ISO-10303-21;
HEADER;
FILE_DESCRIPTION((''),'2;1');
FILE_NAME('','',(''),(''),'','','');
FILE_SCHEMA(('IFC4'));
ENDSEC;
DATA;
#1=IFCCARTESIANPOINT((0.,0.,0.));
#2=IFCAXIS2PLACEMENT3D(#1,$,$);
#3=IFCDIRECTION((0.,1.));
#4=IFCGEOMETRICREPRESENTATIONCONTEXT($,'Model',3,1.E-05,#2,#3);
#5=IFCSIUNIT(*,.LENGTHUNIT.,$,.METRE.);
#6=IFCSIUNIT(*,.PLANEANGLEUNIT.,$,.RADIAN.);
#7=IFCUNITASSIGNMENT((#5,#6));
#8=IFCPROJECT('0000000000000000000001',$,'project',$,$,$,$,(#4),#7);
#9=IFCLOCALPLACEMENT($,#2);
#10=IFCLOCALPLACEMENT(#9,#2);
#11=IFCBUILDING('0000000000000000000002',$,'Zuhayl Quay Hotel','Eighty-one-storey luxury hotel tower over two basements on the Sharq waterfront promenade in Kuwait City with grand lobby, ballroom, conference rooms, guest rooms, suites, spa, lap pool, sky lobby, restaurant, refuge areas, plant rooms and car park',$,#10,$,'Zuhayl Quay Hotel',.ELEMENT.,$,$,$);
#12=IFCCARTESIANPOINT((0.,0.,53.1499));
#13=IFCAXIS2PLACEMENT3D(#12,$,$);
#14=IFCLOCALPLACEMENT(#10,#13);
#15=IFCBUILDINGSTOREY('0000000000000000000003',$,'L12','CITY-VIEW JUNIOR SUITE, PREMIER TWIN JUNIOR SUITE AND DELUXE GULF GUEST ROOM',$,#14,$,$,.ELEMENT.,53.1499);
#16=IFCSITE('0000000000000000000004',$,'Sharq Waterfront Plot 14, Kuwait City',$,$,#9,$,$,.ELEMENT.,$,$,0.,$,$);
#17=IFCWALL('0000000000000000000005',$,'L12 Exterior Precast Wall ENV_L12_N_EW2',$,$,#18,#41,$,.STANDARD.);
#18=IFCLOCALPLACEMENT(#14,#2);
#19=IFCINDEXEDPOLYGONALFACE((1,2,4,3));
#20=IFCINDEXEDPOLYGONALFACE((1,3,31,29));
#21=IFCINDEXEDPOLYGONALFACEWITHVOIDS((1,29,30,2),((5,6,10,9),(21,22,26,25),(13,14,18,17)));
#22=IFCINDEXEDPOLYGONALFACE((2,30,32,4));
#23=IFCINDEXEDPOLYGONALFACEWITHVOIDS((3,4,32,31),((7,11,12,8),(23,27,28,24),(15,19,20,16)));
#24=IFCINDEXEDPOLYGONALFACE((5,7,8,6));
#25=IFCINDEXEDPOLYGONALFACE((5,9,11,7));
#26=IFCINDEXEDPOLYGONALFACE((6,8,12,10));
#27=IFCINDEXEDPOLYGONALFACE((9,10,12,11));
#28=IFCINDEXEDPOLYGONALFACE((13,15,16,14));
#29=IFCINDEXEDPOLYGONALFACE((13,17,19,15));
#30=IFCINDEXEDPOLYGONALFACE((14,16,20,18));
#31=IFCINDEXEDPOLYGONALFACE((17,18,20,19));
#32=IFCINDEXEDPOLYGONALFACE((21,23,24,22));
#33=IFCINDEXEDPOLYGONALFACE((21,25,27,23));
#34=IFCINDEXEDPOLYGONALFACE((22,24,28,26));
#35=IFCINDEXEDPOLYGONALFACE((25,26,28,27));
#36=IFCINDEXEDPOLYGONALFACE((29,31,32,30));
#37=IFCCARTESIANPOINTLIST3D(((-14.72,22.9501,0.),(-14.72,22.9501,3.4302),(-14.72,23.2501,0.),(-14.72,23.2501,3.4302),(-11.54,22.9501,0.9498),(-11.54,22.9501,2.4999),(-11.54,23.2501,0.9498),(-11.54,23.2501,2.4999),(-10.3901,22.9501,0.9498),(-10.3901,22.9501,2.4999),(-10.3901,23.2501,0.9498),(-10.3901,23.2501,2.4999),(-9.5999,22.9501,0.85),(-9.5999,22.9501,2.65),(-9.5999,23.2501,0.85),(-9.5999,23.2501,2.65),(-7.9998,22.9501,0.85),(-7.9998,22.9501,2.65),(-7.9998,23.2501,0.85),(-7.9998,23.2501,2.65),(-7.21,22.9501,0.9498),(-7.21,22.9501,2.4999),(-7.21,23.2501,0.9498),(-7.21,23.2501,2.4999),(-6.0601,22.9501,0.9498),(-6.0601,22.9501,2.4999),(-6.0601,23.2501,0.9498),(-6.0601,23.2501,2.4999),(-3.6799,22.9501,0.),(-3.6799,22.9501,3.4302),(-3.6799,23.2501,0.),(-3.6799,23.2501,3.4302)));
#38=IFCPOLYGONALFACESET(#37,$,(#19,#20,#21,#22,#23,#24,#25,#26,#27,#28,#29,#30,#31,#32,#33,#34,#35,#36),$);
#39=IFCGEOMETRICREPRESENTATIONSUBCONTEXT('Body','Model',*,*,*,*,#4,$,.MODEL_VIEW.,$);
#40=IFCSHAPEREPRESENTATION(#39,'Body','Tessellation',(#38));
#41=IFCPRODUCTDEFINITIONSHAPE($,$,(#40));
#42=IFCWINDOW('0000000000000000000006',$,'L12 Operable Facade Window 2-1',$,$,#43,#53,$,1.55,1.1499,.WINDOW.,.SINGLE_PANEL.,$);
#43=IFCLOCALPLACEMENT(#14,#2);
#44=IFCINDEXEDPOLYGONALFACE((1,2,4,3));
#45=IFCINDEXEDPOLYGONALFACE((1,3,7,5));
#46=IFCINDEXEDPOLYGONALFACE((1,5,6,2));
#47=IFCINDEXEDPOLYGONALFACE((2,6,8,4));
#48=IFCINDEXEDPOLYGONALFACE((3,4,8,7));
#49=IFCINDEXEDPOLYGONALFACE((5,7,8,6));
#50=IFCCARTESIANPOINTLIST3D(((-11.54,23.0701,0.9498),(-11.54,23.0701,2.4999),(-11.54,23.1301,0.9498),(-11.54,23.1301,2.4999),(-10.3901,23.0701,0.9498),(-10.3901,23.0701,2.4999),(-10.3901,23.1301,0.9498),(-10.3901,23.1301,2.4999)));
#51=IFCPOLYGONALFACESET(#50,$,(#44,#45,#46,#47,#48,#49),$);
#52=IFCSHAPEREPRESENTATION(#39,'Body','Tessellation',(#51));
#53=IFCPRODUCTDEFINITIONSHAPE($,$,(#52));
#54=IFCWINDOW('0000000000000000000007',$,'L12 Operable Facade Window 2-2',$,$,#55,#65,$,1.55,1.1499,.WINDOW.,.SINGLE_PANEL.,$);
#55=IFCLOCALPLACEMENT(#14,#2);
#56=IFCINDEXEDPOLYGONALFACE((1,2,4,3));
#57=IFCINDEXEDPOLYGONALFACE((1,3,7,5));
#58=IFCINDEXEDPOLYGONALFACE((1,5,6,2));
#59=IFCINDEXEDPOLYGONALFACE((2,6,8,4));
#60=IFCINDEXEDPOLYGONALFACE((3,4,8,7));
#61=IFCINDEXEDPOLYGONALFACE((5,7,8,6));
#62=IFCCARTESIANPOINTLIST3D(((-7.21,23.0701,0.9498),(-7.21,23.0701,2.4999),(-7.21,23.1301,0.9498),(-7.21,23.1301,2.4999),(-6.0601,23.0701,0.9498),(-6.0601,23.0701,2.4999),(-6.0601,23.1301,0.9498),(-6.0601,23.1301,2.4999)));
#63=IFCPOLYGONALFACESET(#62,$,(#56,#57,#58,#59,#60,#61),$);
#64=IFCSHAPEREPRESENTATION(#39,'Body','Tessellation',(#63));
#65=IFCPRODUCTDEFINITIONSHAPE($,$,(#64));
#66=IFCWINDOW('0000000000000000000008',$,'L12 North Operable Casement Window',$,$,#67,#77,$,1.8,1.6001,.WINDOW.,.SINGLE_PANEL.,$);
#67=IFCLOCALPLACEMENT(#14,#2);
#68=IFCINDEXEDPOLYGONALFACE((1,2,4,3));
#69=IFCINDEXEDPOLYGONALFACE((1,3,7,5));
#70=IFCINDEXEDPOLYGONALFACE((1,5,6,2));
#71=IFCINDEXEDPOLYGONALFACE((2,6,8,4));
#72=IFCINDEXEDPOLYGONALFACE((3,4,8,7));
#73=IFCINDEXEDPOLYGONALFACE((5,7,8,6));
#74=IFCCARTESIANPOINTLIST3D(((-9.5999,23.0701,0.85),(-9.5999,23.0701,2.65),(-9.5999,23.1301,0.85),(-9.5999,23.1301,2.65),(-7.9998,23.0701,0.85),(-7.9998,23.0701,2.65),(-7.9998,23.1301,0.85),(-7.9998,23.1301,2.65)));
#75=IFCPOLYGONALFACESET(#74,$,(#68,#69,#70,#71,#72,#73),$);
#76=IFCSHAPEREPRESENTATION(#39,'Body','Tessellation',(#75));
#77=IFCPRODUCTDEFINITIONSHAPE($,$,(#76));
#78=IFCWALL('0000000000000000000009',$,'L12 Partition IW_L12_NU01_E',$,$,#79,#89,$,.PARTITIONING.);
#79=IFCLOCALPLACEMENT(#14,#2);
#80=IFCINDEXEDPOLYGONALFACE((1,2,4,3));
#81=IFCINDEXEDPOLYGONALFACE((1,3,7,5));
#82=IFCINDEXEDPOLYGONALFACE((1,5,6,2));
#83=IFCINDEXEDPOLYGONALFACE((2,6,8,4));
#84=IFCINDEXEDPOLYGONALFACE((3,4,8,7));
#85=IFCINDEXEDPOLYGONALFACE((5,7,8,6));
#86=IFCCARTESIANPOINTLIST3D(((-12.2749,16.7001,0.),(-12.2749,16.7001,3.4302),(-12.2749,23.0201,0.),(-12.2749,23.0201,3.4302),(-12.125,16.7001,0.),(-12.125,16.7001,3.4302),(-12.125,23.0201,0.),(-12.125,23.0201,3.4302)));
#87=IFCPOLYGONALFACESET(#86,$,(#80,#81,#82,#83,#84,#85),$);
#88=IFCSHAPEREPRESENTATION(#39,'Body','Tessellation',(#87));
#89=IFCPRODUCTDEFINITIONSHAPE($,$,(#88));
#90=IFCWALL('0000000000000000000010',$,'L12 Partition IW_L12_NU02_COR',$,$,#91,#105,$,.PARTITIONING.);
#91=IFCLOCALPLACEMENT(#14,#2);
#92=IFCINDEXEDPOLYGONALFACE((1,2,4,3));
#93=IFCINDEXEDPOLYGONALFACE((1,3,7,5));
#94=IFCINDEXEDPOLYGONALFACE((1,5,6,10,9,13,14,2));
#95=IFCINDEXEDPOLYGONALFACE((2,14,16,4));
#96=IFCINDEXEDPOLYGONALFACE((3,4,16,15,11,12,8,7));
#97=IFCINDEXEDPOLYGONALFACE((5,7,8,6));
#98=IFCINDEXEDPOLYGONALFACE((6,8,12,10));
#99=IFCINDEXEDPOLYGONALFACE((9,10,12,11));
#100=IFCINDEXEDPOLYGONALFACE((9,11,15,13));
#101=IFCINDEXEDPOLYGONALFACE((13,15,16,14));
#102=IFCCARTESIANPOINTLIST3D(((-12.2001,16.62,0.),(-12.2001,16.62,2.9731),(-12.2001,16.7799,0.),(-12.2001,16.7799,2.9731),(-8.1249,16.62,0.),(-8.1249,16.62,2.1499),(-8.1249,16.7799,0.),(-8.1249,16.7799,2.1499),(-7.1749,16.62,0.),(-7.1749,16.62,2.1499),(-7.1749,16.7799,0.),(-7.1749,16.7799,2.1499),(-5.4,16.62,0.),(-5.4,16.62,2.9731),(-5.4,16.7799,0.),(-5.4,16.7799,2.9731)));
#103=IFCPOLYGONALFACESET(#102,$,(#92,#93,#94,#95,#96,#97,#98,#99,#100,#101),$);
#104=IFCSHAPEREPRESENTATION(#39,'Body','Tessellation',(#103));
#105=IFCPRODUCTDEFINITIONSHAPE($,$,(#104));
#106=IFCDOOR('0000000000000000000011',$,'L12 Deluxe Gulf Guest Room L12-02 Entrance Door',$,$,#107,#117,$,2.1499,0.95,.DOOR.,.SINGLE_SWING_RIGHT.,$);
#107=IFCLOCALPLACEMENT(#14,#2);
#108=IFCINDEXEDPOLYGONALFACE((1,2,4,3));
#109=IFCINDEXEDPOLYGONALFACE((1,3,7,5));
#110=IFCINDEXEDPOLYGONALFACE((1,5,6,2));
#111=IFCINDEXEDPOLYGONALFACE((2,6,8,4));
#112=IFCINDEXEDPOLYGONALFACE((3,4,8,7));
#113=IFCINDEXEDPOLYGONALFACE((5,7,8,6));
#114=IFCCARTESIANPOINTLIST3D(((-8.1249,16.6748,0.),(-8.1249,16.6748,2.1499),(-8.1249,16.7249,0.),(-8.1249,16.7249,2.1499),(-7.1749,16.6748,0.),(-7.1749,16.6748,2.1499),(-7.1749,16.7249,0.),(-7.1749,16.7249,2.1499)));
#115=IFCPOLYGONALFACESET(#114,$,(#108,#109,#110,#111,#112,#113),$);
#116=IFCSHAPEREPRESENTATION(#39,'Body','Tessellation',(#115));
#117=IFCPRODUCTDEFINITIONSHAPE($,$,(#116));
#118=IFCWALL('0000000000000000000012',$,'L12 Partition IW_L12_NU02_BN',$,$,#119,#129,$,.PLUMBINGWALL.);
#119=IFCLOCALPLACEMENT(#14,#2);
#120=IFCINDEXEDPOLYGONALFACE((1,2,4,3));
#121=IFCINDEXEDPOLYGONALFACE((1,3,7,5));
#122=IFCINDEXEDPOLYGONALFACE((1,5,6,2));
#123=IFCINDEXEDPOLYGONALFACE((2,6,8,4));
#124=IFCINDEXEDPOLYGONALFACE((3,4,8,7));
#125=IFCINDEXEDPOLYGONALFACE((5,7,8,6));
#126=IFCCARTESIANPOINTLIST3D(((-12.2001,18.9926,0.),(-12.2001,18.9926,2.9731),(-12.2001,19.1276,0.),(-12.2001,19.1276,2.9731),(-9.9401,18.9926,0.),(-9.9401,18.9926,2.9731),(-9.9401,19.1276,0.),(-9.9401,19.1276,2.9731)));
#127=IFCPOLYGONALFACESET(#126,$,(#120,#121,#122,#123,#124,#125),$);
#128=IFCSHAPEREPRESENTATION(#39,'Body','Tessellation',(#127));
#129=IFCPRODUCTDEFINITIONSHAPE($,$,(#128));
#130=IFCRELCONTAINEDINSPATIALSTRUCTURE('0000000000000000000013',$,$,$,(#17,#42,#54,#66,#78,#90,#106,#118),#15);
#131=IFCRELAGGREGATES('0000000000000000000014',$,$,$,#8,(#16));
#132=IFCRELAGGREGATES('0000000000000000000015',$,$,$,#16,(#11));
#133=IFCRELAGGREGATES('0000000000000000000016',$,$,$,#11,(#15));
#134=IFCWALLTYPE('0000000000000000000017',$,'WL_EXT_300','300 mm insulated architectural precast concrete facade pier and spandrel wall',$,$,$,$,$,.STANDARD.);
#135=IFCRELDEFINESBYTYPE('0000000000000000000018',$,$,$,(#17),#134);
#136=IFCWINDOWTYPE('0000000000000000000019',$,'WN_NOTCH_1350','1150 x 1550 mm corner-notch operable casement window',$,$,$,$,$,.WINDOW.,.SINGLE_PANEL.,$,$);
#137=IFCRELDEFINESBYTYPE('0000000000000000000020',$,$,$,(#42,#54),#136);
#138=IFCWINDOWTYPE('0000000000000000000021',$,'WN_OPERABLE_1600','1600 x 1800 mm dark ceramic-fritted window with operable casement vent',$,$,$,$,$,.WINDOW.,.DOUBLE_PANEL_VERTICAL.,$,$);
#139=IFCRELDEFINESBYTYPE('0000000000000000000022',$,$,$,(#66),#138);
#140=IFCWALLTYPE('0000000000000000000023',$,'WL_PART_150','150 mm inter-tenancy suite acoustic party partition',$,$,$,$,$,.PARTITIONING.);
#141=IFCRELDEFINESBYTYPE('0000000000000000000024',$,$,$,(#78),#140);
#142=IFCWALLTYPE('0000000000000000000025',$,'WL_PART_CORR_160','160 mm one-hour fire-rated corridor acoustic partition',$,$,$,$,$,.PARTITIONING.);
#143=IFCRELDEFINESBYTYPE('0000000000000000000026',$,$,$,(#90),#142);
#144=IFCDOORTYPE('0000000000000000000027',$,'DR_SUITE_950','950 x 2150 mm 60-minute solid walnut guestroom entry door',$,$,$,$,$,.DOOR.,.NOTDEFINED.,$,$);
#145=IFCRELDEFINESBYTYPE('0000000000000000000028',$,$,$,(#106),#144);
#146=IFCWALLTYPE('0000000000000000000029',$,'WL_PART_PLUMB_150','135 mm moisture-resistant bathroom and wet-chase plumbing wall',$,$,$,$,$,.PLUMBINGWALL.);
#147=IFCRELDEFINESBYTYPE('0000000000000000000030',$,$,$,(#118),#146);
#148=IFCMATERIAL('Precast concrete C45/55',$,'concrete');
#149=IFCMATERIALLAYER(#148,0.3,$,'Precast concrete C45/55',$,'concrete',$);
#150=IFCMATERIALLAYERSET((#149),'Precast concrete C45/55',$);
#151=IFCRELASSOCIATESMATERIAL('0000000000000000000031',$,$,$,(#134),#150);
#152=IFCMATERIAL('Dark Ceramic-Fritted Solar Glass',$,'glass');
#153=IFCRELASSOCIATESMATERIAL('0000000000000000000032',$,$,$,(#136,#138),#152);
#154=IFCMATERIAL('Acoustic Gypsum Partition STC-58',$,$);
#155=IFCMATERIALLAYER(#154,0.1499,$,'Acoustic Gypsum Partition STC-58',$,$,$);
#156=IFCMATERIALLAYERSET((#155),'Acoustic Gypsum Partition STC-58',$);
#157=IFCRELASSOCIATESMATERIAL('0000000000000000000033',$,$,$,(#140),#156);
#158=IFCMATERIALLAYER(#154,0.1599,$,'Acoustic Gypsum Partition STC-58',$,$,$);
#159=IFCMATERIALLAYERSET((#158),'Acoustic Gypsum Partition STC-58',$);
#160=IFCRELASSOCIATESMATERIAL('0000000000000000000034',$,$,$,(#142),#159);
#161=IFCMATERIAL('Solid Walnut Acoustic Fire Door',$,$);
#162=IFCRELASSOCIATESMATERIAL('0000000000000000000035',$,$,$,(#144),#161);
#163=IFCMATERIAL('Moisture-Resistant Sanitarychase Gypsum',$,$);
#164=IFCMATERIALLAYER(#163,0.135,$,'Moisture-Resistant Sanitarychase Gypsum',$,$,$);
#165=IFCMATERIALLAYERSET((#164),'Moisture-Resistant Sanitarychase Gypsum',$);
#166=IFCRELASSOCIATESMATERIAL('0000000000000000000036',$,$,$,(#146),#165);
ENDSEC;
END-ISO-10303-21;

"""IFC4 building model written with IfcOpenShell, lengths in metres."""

from ifc_helpers import new_model, si_unit, direction, frame, frame_2d, origin, place, context, subcontext, project, spatial, rectangle, extrude, material, layer, layer_set, type_object, element, fill, save


model = new_model("IFC4")

# Units and contexts
model_context = context("Model", 3, precision=1e-05, world=origin(), true_north=direction((0.0, 1.0)))
body_context = subcontext(model_context, "Body", "Model", "MODEL_VIEW")
ifc_project = project(units=[si_unit("LENGTHUNIT", "METRE"), si_unit("PLANEANGLEUNIT", "RADIAN")], contexts=[model_context])

# Site, building, storey
site_placement = place(None, origin())
site = spatial("IfcSite", under=ifc_project, at=site_placement, Name="Sharq Waterfront Plot 14, Kuwait City", CompositionType="ELEMENT", RefElevation=0.0)
building_placement = place(site_placement, origin())
building = spatial("IfcBuilding", under=site, at=building_placement, Name="Zuhayl Quay Hotel", Description="Eighty-one-storey luxury hotel tower over two basements on the Sharq waterfront promenade in Kuwait City with grand lobby, ballroom, conference rooms, guest rooms, suites, spa, lap pool, sky lobby, restaurant, refuge areas, plant rooms and car park", LongName="Zuhayl Quay Hotel", CompositionType="ELEMENT")
storey_placement = place(building_placement, frame((0.0, 0.0, 53.1499)))
storey = spatial("IfcBuildingStorey", under=building, at=storey_placement, Name="L12", Description="CITY-VIEW JUNIOR SUITE, PREMIER TWIN JUNIOR SUITE AND DELUXE GULF GUEST ROOM", CompositionType="ELEMENT", Elevation=53.1499)

# Shared definitions
ifc_material_1 = material(Name="Dark Ceramic-Fritted Solar Glass", Category="glass")

# Wall, openings, windows
ifc_material_2 = material(Name="Precast concrete C45/55", Category="concrete")
ifc_layer_1 = layer(ifc_material_2, 0.3, Name="Precast concrete C45/55", Category="concrete")
ifc_layer_set_1 = layer_set([ifc_layer_1], Name="Precast concrete C45/55")
wall_type_1 = type_object("IfcWallType", Name="WL_EXT_300", Description="300 mm insulated architectural precast concrete facade pier and spandrel wall", PredefinedType="STANDARD", material=ifc_layer_set_1)
wall_1_placement = place(storey_placement, frame((-14.72, 23.1001, 0.0), z_axis=(0.0, 0.0, 1.0), x_axis=(1.0, 0.0, 0.0)))
wall_1 = element("IfcWall", 1, at=wall_1_placement, inside=storey, type_object=wall_type_1, Name="L12 Exterior Precast Wall ENV_L12_N_EW2", PredefinedType="STANDARD", context=body_context, shape_type="SweptSolid", body=[
    extrude(rectangle(XDim=11.04, YDim=0.3, at=frame_2d((5.52, 0.0))), origin(), (0.0, 0.0, 1.0), 3.4302),
])
opening_1_placement = place(wall_1_placement, frame((5.1201, 0.0, 0.8501)))
opening_1 = element("IfcOpeningElement", 2, at=opening_1_placement, cuts=wall_1, PredefinedType="OPENING", context=body_context, shape_type="SweptSolid", body=[
    extrude(rectangle(XDim=1.6001, YDim=1.8, at=frame_2d((0.8, 0.8999))), frame((0.0, 0.1599, 0.0), z_axis=(0.0, -1.0, 0.0), x_axis=(1.0, 0.0, 0.0)), (0.0, 0.0, 1.0), 0.3201),
])
opening_2_placement = place(wall_1_placement, frame((3.1799, 0.0, 0.95)))
opening_2 = element("IfcOpeningElement", 3, at=opening_2_placement, cuts=wall_1, PredefinedType="OPENING", context=body_context, shape_type="SweptSolid", body=[
    extrude(rectangle(XDim=1.1499, YDim=1.55, at=frame_2d((0.575, 0.7749))), frame((0.0, 0.1599, 0.0), z_axis=(0.0, -1.0, 0.0), x_axis=(1.0, 0.0, 0.0)), (0.0, 0.0, 1.0), 0.3201),
])
opening_3_placement = place(wall_1_placement, frame((7.51, 0.0, 0.95)))
opening_3 = element("IfcOpeningElement", 4, at=opening_3_placement, cuts=wall_1, PredefinedType="OPENING", context=body_context, shape_type="SweptSolid", body=[
    extrude(rectangle(XDim=1.1499, YDim=1.55, at=frame_2d((0.575, 0.7749))), frame((0.0, 0.1599, 0.0), z_axis=(0.0, -1.0, 0.0), x_axis=(1.0, 0.0, 0.0)), (0.0, 0.0, 1.0), 0.3201),
])
window_type_1 = type_object("IfcWindowType", Name="WN_NOTCH_1350", Description="1150 x 1550 mm corner-notch operable casement window", PartitioningType="SINGLE_PANEL", PredefinedType="WINDOW", material=ifc_material_1)
window_1_placement = place(opening_2_placement, origin())
window_1 = element("IfcWindow", 5, at=window_1_placement, inside=storey, type_object=window_type_1, Name="L12 Operable Facade Window 2-1", OverallHeight=1.55, OverallWidth=1.1499, PartitioningType="SINGLE_PANEL", PredefinedType="WINDOW", context=body_context, shape_type="SweptSolid", body=[
    extrude(rectangle(XDim=1.1499, YDim=1.55, at=frame_2d((0.575, 0.7749))), frame((0.0, 0.03, 0.0), z_axis=(0.0, -1.0, 0.0), x_axis=(1.0, 0.0, 0.0)), (0.0, 0.0, 1.0), 0.0601),
])
fill(opening_2, window_1)
window_2_placement = place(opening_3_placement, origin())
window_2 = element("IfcWindow", 6, at=window_2_placement, inside=storey, type_object=window_type_1, Name="L12 Operable Facade Window 2-2", OverallHeight=1.55, OverallWidth=1.1499, PartitioningType="SINGLE_PANEL", PredefinedType="WINDOW", context=body_context, shape_type="SweptSolid", body=[
    extrude(rectangle(XDim=1.1499, YDim=1.55, at=frame_2d((0.575, 0.7749))), frame((0.0, 0.03, 0.0), z_axis=(0.0, -1.0, 0.0), x_axis=(1.0, 0.0, 0.0)), (0.0, 0.0, 1.0), 0.0601),
])
fill(opening_3, window_2)
window_type_2 = type_object("IfcWindowType", Name="WN_OPERABLE_1600", Description="1600 x 1800 mm dark ceramic-fritted window with operable casement vent", PartitioningType="DOUBLE_PANEL_VERTICAL", PredefinedType="WINDOW", material=ifc_material_1)
window_3_placement = place(opening_1_placement, origin())
window_3 = element("IfcWindow", 7, at=window_3_placement, inside=storey, type_object=window_type_2, Name="L12 North Operable Casement Window", OverallHeight=1.8, OverallWidth=1.6001, PartitioningType="SINGLE_PANEL", PredefinedType="WINDOW", context=body_context, shape_type="SweptSolid", body=[
    extrude(rectangle(XDim=1.6001, YDim=1.8, at=frame_2d((0.8, 0.8999))), frame((0.0, 0.03, 0.0), z_axis=(0.0, -1.0, 0.0), x_axis=(1.0, 0.0, 0.0)), (0.0, 0.0, 1.0), 0.0601),
])
fill(opening_1, window_3)

# Wall
ifc_material_3 = material(Name="Acoustic Gypsum Partition STC-58")
ifc_layer_2 = layer(ifc_material_3, 0.1499, Name="Acoustic Gypsum Partition STC-58")
ifc_layer_set_2 = layer_set([ifc_layer_2], Name="Acoustic Gypsum Partition STC-58")
wall_type_2 = type_object("IfcWallType", Name="WL_PART_150", Description="150 mm inter-tenancy suite acoustic party partition", PredefinedType="PARTITIONING", material=ifc_layer_set_2)
wall_2_placement = place(storey_placement, frame((-12.2, 16.7, 0.0), z_axis=(0.0, 0.0, 1.0), x_axis=(0.0, 1.0, 0.0)))
element("IfcWall", 8, at=wall_2_placement, inside=storey, type_object=wall_type_2, Name="L12 Partition IW_L12_NU01_E", PredefinedType="PARTITIONING", context=body_context, shape_type="SweptSolid", body=[
    extrude(rectangle(XDim=6.3201, YDim=0.1499, at=frame_2d((3.1602, 0.0))), origin(), (0.0, 0.0, 1.0), 3.4302),
])

# Wall, opening, door
ifc_layer_3 = layer(ifc_material_3, 0.1599, Name="Acoustic Gypsum Partition STC-58")
ifc_layer_set_3 = layer_set([ifc_layer_3], Name="Acoustic Gypsum Partition STC-58")
wall_type_3 = type_object("IfcWallType", Name="WL_PART_CORR_160", Description="160 mm one-hour fire-rated corridor acoustic partition", PredefinedType="PARTITIONING", material=ifc_layer_set_3)
wall_3_placement = place(storey_placement, frame((-12.2, 16.7, 0.0), z_axis=(0.0, 0.0, 1.0), x_axis=(1.0, 0.0, 0.0)))
wall_3 = element("IfcWall", 9, at=wall_3_placement, inside=storey, type_object=wall_type_3, Name="L12 Partition IW_L12_NU02_COR", PredefinedType="PARTITIONING", context=body_context, shape_type="SweptSolid", body=[
    extrude(rectangle(XDim=6.8, YDim=0.1599, at=frame_2d((3.3999, 0.0))), origin(), (0.0, 0.0, 1.0), 2.9731),
])
opening_4_placement = place(wall_3_placement, frame((4.075, 0.0, 0.0)))
opening_4 = element("IfcOpeningElement", 10, at=opening_4_placement, cuts=wall_3, PredefinedType="OPENING", context=body_context, shape_type="SweptSolid", body=[
    extrude(rectangle(XDim=0.95, YDim=2.1499, at=frame_2d((0.4751, 1.075))), frame((0.0, 0.0898, 0.0), z_axis=(0.0, -1.0, 0.0), x_axis=(1.0, 0.0, 0.0)), (0.0, 0.0, 1.0), 0.1799),
])
ifc_material_4 = material(Name="Solid Walnut Acoustic Fire Door")
door_type = type_object("IfcDoorType", Name="DR_SUITE_950", Description="950 x 2150 mm 60-minute solid walnut guestroom entry door", OperationType="NOTDEFINED", PredefinedType="DOOR", material=ifc_material_4)
door_placement = place(opening_4_placement, origin())
door = element("IfcDoor", 11, at=door_placement, inside=storey, type_object=door_type, Name="L12 Deluxe Gulf Guest Room L12-02 Entrance Door", OperationType="SINGLE_SWING_RIGHT", OverallHeight=2.1499, OverallWidth=0.95, PredefinedType="DOOR", context=body_context, shape_type="SweptSolid", body=[
    extrude(rectangle(XDim=0.95, YDim=2.1499, at=frame_2d((0.4751, 1.075))), frame((0.0, 0.0249, 0.0), z_axis=(0.0, -1.0, 0.0), x_axis=(1.0, 0.0, 0.0)), (0.0, 0.0, 1.0), 0.05),
])
fill(opening_4, door)

# Wall
ifc_material_5 = material(Name="Moisture-Resistant Sanitarychase Gypsum")
ifc_layer_4 = layer(ifc_material_5, 0.135, Name="Moisture-Resistant Sanitarychase Gypsum")
ifc_layer_set_4 = layer_set([ifc_layer_4], Name="Moisture-Resistant Sanitarychase Gypsum")
wall_type_4 = type_object("IfcWallType", Name="WL_PART_PLUMB_150", Description="135 mm moisture-resistant bathroom and wet-chase plumbing wall", PredefinedType="PLUMBINGWALL", material=ifc_layer_set_4)
wall_4_placement = place(storey_placement, frame((-12.2, 19.0601, 0.0), z_axis=(0.0, 0.0, 1.0), x_axis=(1.0, 0.0, 0.0)))
element("IfcWall", 12, at=wall_4_placement, inside=storey, type_object=wall_type_4, Name="L12 Partition IW_L12_NU02_BN", PredefinedType="PLUMBINGWALL", context=body_context, shape_type="SweptSolid", body=[
    extrude(rectangle(XDim=2.26, YDim=0.135, at=frame_2d((1.1299, 0.0))), origin(), (0.0, 0.0, 1.0), 2.9731),
])

save(model, "model.ifc")
